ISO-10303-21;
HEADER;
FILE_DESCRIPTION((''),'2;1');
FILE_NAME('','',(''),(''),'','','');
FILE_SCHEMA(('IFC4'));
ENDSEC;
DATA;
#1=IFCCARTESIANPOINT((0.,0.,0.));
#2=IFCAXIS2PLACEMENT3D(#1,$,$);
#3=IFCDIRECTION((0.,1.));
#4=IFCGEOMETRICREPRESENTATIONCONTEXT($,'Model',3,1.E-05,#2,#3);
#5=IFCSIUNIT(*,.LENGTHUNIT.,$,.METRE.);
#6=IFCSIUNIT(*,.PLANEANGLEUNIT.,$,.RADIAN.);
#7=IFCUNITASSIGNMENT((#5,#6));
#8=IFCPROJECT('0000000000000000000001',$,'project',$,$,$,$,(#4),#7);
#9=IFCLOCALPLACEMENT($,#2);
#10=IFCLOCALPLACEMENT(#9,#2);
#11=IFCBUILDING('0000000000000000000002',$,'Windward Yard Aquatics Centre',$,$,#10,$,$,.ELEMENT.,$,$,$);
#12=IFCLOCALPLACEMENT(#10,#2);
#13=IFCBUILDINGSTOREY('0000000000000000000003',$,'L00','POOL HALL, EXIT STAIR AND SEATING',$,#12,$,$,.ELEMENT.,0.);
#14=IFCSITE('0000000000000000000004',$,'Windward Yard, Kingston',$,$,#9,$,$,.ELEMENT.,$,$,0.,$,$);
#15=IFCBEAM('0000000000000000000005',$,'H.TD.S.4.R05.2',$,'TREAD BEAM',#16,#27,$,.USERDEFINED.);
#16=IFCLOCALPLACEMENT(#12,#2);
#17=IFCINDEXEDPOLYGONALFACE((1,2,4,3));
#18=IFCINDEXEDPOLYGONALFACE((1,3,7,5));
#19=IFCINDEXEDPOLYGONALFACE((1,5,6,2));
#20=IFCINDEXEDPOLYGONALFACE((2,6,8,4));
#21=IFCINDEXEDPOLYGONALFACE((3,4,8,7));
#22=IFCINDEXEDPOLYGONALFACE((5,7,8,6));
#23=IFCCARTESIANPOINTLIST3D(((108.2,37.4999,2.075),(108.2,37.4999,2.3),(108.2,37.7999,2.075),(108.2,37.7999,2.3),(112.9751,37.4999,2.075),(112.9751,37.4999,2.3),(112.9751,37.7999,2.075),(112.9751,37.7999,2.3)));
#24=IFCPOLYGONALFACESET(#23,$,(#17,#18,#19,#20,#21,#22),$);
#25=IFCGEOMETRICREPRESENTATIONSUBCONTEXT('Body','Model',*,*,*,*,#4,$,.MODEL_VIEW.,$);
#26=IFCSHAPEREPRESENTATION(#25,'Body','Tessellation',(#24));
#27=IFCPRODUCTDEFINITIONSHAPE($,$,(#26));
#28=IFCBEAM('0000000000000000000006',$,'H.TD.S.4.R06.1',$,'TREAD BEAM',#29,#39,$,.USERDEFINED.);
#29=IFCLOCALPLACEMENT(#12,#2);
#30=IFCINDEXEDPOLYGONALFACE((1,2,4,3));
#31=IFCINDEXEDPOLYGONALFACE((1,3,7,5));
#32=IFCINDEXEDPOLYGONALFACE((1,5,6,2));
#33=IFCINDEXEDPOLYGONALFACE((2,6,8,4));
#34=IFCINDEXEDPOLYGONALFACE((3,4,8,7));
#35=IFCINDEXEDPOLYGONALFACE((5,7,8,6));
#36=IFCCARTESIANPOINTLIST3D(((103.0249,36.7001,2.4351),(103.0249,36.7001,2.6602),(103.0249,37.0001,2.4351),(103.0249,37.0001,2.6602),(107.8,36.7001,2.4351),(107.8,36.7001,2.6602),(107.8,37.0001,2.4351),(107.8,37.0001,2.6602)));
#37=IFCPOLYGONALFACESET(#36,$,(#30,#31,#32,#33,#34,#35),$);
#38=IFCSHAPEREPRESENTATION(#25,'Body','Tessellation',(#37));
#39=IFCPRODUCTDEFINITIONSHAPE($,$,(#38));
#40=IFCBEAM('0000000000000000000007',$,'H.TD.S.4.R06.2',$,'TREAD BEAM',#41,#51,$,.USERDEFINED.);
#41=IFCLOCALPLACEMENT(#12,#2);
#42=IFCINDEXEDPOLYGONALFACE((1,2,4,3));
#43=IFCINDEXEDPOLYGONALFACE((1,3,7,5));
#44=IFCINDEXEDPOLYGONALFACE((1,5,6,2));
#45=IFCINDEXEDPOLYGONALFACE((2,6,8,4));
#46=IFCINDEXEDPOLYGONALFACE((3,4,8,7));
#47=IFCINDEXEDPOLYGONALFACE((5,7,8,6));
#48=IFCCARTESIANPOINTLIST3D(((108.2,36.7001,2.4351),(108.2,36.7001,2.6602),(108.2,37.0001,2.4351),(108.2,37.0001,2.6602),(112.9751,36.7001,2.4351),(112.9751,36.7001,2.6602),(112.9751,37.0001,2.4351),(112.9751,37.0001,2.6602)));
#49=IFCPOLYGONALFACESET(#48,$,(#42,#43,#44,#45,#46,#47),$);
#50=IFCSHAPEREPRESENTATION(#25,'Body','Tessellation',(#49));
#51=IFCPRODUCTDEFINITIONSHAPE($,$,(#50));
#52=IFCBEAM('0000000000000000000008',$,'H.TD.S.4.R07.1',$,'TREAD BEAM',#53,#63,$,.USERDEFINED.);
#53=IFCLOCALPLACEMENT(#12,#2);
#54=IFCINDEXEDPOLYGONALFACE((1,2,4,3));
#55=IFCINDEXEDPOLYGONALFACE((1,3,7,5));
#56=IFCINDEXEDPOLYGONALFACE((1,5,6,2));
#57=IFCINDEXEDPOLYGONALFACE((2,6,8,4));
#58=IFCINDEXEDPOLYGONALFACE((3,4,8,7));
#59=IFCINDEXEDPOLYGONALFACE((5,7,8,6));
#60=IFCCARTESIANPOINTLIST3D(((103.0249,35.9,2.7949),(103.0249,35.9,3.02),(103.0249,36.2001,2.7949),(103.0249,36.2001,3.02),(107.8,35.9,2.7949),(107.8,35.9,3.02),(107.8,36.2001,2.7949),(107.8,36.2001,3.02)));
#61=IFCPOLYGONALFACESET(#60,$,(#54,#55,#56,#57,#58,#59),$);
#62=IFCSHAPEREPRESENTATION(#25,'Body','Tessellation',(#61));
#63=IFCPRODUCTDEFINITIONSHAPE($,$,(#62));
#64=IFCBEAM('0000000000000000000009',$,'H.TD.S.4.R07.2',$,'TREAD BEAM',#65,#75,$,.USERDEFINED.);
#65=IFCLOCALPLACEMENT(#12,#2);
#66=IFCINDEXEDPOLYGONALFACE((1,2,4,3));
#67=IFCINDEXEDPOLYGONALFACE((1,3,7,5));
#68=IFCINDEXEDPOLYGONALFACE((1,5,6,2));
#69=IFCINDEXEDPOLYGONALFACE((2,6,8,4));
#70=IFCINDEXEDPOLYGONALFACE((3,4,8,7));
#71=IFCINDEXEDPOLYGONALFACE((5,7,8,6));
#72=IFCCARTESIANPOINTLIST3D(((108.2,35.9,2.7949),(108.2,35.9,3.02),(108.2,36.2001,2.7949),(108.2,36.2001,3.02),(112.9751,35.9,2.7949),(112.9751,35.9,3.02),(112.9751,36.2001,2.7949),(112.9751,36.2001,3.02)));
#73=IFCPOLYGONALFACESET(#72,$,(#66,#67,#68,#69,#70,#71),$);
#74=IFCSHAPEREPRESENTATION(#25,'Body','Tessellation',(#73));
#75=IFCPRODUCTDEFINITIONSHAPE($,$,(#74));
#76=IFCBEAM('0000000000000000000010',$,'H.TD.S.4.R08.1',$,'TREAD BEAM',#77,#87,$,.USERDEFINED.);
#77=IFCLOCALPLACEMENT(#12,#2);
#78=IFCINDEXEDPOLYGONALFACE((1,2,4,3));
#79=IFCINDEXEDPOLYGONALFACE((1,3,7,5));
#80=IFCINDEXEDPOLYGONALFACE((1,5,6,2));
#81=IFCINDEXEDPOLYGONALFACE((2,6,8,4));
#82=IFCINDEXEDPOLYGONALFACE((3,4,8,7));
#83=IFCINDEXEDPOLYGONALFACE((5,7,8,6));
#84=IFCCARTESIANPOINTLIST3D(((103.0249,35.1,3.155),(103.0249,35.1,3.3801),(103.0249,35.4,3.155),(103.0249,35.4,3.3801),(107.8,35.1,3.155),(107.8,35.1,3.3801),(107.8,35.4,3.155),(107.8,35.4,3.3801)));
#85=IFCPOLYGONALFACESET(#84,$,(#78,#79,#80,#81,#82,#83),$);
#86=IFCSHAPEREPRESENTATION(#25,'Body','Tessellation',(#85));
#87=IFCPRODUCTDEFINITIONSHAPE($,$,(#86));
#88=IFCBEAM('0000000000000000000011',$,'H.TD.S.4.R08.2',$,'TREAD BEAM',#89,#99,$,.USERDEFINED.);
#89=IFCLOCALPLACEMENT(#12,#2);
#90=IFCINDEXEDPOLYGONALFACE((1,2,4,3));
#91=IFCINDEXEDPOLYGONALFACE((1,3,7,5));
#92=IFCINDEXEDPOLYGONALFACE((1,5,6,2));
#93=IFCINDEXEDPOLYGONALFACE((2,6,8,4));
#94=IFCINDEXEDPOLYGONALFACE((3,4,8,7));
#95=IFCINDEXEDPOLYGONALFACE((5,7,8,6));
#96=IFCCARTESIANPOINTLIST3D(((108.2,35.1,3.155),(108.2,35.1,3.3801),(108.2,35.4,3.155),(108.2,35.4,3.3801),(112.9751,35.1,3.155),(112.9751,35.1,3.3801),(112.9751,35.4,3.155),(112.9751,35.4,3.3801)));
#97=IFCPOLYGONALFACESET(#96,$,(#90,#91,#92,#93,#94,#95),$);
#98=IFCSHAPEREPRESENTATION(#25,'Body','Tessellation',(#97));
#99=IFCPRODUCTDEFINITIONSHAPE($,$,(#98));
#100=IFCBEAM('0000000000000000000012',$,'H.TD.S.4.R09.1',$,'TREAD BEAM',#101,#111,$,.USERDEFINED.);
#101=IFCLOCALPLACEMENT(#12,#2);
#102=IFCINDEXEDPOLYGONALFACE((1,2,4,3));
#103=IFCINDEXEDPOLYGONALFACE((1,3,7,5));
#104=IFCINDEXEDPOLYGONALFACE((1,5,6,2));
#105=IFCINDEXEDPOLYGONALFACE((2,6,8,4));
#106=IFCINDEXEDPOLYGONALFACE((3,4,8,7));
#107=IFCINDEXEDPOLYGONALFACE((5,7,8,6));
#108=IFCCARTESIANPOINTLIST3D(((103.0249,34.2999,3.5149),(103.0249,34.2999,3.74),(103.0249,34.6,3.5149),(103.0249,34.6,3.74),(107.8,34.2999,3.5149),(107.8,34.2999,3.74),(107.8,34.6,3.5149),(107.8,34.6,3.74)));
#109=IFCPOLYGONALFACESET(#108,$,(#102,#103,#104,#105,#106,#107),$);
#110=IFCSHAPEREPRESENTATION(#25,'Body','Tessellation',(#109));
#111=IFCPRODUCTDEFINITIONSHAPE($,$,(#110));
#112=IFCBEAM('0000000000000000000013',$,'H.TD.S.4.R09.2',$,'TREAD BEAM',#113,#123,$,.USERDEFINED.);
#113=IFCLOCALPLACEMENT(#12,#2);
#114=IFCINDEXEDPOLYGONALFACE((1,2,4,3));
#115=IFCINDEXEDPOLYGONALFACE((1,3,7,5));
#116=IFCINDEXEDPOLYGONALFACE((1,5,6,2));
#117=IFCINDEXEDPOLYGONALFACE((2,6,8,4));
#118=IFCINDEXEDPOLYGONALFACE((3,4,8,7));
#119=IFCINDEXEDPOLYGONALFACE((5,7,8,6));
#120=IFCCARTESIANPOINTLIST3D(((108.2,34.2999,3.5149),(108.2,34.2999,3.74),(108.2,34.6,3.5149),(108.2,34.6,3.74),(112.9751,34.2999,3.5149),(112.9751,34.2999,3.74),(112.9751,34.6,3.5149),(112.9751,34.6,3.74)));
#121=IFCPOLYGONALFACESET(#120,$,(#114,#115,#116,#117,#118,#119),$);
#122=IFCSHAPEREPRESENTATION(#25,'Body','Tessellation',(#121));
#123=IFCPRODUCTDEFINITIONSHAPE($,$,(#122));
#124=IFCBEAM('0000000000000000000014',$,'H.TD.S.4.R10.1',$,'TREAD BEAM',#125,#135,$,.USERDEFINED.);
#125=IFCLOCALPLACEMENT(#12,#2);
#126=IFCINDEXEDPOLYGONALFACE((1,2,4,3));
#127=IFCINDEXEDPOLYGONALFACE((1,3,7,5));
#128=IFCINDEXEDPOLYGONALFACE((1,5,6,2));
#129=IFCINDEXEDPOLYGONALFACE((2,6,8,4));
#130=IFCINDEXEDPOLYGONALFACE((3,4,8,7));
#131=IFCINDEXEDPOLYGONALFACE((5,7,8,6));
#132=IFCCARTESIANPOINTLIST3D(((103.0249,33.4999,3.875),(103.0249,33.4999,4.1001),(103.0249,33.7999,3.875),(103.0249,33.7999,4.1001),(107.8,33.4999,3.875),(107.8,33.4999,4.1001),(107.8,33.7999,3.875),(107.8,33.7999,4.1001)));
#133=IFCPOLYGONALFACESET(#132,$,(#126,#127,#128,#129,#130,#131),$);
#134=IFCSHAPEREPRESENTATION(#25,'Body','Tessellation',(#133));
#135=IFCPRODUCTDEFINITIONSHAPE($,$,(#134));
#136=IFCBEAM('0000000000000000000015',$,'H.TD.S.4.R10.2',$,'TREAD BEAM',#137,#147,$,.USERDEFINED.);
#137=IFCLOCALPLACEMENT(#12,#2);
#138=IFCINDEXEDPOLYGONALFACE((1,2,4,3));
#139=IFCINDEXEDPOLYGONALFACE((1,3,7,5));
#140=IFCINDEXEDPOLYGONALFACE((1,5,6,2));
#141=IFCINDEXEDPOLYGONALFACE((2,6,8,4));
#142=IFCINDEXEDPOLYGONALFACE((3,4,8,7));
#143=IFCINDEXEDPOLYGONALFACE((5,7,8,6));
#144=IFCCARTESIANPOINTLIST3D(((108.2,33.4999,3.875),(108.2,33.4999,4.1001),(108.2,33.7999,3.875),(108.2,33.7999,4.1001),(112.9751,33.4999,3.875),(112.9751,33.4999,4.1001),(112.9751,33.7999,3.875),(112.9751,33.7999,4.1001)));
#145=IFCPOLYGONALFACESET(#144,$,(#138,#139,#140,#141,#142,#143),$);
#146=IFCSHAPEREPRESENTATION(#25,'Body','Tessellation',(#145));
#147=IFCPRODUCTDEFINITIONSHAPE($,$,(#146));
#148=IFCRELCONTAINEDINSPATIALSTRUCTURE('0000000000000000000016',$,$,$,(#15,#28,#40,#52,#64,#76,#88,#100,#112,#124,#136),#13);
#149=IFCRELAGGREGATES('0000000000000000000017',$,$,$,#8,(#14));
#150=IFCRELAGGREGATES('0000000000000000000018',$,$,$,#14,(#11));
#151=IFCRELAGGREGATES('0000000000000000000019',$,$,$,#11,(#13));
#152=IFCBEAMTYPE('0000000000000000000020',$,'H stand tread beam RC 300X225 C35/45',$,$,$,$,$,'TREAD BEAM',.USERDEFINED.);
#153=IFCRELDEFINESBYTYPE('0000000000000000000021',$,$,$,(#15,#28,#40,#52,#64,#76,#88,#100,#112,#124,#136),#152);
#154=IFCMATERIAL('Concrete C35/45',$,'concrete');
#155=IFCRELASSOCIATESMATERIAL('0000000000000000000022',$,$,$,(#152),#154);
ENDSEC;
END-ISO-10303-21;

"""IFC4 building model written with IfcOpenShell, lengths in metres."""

from ifc_helpers import new_model, si_unit, direction, frame, origin, origin_2d, place, context, subcontext, project, spatial, rectangle, extrude, material, material_profile, profile_set, type_object, element, save


model = new_model("IFC4")

# Units and contexts
model_context = context("Model", 3, precision=1e-05, world=origin(), true_north=direction((0.0, 1.0)))
body_context = subcontext(model_context, "Body", "Model", "MODEL_VIEW")
ifc_project = project(units=[si_unit("LENGTHUNIT", "METRE"), si_unit("PLANEANGLEUNIT", "RADIAN")], contexts=[model_context])

# Site, building, storey
site_placement = place(None, origin())
site = spatial("IfcSite", under=ifc_project, at=site_placement, Name="Windward Yard, Kingston", CompositionType="ELEMENT", RefElevation=0.0)
building_placement = place(site_placement, origin())
building = spatial("IfcBuilding", under=site, at=building_placement, Name="Windward Yard Aquatics Centre", CompositionType="ELEMENT")
storey_placement = place(building_placement, origin())
storey = spatial("IfcBuildingStorey", under=building, at=storey_placement, Name="L00", Description="POOL HALL, EXIT STAIR AND SEATING", CompositionType="ELEMENT", Elevation=0.0)

# Shared definitions
ifc_material = material(Name="Concrete C35/45", Category="concrete")

# Beams
ifc_material_profile_1 = material_profile(ifc_material, rectangle(XDim=0.3, YDim=0.2251, at=origin_2d()), Name="RC 300X225")
ifc_profile_set_1 = profile_set([ifc_material_profile_1], Name="Concrete C35/45")
beam_type_1 = type_object("IfcBeamType", Name="H stand tread beam RC 300X225 C35/45", ElementType="TREAD BEAM", PredefinedType="USERDEFINED", material=ifc_profile_set_1)
for number, where, z_axis, x_axis, name in (
    (1, (108.2, 37.6499, 2.1875), (1.0, 0.0, 0.0), (0.0, 1.0, 0.0), "H.TD.S.4.R05.2"),
    (2, (103.0249, 36.8501, 2.5476), (1.0, 0.0, 0.0), (0.0, 1.0, 0.0), "H.TD.S.4.R06.1"),
    (3, (108.2, 36.8501, 2.5476), (1.0, 0.0, 0.0), (0.0, 1.0, 0.0), "H.TD.S.4.R06.2"),
    (4, (103.0249, 36.05, 2.9075), (1.0, 0.0, 0.0), (0.0, 1.0, 0.0), "H.TD.S.4.R07.1"),
    (5, (108.2, 36.05, 2.9075), (1.0, 0.0, 0.0), (0.0, 1.0, 0.0), "H.TD.S.4.R07.2"),
    (6, (103.0249, 35.25, 3.2676), (1.0, 0.0, 0.0), (0.0, 1.0, 0.0), "H.TD.S.4.R08.1"),
    (7, (108.2, 35.25, 3.2676), (1.0, 0.0, 0.0), (0.0, 1.0, 0.0), "H.TD.S.4.R08.2"),
    (8, (103.0249, 34.45, 3.6274), (1.0, 0.0, 0.0), (0.0, 1.0, 0.0), "H.TD.S.4.R09.1"),
    (9, (108.2, 34.45, 3.6274), (1.0, 0.0, 0.0), (0.0, 1.0, 0.0), "H.TD.S.4.R09.2"),
    (10, (103.0249, 33.6499, 3.9875), (1.0, 0.0, 0.0), (0.0, 1.0, 0.0), "H.TD.S.4.R10.1"),
    (11, (108.2, 33.6499, 3.9875), (1.0, 0.0, 0.0), (0.0, 1.0, 0.0), "H.TD.S.4.R10.2"),
):
    element("IfcBeam", number, at=place(storey_placement, frame(where, z_axis=z_axis, x_axis=x_axis)), inside=storey, type_object=beam_type_1, Name=name, ObjectType="TREAD BEAM", PredefinedType="USERDEFINED", context=body_context, shape_type="SweptSolid", body=[
        extrude(rectangle(XDim=0.3, YDim=0.2251, at=origin_2d()), origin(), (0.0, 0.0, 1.0), 4.7751),
    ])

save(model, "model.ifc")
